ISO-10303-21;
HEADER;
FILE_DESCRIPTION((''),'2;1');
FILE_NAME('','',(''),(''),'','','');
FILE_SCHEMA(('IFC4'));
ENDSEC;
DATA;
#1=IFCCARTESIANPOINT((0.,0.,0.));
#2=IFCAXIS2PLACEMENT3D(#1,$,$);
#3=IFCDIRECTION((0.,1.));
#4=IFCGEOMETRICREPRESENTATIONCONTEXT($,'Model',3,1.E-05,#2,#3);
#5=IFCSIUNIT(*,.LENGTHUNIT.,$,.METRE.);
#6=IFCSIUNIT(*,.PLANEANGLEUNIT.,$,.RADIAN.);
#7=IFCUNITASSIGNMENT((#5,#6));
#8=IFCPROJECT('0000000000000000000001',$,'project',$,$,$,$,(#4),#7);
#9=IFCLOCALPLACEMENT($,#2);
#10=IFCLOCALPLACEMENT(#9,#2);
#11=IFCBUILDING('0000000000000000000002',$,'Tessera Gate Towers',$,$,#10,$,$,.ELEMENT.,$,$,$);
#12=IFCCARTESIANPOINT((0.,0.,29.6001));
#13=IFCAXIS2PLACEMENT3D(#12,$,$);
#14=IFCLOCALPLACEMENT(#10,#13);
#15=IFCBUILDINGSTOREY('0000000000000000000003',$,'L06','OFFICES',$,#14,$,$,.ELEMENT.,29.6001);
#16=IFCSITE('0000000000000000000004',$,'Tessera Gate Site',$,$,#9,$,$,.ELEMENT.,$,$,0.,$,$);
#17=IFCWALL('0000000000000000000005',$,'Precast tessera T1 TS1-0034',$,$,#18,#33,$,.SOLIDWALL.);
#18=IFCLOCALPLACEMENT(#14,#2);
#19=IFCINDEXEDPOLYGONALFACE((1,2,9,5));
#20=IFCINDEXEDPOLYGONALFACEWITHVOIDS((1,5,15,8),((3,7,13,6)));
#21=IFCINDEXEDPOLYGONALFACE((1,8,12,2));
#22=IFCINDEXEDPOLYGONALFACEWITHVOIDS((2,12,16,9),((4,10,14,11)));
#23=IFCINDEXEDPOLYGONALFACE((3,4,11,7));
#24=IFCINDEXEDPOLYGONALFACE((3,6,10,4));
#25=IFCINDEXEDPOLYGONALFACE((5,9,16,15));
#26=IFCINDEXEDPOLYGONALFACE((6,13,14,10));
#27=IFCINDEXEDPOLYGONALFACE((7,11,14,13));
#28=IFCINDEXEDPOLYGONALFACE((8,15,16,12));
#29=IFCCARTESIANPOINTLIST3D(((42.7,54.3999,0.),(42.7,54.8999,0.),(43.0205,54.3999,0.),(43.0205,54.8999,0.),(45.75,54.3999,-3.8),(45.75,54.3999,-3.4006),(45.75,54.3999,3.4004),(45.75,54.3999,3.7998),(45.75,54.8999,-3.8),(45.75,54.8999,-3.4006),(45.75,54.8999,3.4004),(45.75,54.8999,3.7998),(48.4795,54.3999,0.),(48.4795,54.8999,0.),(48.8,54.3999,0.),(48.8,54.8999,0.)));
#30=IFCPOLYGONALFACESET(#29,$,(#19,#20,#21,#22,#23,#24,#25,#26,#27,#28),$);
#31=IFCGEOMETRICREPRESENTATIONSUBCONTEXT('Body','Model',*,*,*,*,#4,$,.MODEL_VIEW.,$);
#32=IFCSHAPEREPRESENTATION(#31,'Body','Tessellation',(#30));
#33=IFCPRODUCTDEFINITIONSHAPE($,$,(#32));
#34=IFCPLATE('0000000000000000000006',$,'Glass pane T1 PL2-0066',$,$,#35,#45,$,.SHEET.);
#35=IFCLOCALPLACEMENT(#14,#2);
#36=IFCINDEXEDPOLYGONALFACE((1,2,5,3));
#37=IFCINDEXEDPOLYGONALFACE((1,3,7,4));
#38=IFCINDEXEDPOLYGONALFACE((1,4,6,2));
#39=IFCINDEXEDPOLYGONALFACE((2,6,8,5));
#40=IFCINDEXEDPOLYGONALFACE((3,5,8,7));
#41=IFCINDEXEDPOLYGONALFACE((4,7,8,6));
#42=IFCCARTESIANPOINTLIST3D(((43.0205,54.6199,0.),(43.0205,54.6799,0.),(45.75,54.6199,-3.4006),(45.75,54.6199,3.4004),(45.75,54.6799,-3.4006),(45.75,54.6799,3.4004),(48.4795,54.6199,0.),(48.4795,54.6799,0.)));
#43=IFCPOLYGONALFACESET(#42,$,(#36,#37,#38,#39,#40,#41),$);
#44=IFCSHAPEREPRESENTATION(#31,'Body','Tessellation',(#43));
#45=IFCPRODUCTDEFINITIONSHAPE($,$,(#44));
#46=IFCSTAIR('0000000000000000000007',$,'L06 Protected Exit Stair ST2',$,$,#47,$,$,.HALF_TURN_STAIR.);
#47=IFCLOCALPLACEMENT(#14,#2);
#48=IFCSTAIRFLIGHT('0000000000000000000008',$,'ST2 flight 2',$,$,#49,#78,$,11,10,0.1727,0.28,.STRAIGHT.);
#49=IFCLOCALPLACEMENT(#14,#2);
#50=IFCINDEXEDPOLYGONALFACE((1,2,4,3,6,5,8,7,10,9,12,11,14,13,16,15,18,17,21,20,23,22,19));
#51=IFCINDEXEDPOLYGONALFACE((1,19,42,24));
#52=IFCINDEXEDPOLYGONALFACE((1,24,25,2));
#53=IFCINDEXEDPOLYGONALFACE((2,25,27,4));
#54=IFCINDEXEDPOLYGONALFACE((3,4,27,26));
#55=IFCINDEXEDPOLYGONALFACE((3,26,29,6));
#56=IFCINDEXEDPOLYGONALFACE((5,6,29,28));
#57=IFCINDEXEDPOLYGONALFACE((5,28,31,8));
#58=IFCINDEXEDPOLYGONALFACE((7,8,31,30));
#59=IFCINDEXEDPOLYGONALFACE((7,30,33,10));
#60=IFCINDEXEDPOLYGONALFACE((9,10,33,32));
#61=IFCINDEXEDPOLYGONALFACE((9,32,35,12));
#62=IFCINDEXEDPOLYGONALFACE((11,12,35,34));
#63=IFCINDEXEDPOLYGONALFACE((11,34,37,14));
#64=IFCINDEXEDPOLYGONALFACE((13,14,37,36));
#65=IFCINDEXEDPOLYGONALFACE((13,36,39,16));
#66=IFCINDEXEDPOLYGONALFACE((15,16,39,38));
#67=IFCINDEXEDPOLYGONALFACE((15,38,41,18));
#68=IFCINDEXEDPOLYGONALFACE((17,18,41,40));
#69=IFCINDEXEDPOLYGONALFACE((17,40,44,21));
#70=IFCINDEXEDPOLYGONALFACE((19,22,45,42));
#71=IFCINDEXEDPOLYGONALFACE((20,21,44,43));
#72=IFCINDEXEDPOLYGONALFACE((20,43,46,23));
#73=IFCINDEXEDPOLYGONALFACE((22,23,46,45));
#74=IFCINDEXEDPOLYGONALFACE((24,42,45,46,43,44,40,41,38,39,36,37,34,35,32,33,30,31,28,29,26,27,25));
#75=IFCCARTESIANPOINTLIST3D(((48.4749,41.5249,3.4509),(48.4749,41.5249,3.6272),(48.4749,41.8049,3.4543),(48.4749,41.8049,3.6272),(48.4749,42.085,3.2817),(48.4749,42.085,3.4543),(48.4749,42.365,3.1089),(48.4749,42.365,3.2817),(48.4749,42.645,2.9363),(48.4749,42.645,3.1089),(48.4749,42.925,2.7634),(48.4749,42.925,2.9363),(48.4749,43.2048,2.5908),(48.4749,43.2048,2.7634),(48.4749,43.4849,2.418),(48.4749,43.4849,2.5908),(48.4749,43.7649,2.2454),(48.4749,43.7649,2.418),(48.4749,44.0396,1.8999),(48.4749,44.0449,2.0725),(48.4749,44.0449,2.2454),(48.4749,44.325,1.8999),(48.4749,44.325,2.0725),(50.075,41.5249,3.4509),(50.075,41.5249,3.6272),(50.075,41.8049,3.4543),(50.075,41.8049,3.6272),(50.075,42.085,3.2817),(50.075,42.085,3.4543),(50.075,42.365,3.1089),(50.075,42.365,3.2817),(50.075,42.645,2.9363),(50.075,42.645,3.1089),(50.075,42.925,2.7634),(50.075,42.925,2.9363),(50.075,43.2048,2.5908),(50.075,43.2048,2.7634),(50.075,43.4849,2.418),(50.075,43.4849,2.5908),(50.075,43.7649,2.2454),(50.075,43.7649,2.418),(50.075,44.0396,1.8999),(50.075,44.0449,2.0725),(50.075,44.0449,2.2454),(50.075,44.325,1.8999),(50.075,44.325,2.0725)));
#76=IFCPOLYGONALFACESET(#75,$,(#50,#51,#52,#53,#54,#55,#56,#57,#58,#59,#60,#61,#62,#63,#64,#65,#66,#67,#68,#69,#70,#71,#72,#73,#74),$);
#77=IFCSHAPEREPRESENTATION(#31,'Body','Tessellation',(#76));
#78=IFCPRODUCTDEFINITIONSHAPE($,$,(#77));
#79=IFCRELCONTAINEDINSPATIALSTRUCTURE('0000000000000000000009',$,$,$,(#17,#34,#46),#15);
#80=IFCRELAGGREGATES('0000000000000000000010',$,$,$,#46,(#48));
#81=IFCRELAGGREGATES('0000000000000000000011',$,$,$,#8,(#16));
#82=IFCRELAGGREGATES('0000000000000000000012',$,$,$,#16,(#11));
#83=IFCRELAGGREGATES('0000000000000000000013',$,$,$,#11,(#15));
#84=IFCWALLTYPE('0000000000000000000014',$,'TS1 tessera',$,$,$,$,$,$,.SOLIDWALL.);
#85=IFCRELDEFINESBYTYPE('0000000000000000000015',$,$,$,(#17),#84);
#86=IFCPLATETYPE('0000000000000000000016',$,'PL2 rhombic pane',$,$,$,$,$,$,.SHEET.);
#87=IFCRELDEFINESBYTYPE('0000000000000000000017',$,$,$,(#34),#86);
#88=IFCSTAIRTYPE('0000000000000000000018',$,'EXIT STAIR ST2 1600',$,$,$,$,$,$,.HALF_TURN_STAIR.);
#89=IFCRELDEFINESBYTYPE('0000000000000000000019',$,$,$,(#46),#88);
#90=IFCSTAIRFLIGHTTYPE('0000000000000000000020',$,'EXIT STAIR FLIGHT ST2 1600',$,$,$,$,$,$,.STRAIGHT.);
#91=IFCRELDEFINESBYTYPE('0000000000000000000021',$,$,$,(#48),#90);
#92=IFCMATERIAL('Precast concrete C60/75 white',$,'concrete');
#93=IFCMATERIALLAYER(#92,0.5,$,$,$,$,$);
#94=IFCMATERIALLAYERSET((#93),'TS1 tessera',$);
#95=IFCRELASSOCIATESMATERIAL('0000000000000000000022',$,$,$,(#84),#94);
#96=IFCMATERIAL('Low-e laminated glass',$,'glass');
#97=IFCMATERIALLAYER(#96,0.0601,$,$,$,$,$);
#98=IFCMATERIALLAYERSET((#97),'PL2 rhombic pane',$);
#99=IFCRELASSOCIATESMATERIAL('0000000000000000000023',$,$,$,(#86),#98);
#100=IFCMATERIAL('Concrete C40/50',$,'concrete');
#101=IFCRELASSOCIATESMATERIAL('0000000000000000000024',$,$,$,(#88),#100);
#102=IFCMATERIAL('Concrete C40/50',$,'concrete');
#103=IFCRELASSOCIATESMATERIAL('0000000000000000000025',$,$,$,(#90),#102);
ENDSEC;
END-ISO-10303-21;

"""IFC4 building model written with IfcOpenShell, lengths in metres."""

from ifc_helpers import new_model, si_unit, direction, frame, origin, place, context, subcontext, project, spatial, polyline, outline, extrude, source, transform, mapped, material, layer, layer_set, type_object, element, fill, aggregate, save


model = new_model("IFC4")

# Units and contexts
model_context = context("Model", 3, precision=1e-05, world=origin(), true_north=direction((0.0, 1.0)))
body_context = subcontext(model_context, "Body", "Model", "MODEL_VIEW")
ifc_project = project(units=[si_unit("LENGTHUNIT", "METRE"), si_unit("PLANEANGLEUNIT", "RADIAN")], contexts=[model_context])

# Site, building, storey
site_placement = place(None, origin())
site = spatial("IfcSite", under=ifc_project, at=site_placement, Name="Tessera Gate Site", CompositionType="ELEMENT", RefElevation=0.0)
building_placement = place(site_placement, origin())
building = spatial("IfcBuilding", under=site, at=building_placement, Name="Tessera Gate Towers", CompositionType="ELEMENT")
storey_placement = place(building_placement, frame((0.0, 0.0, 29.6001)))
storey = spatial("IfcBuildingStorey", under=building, at=storey_placement, Name="L06", Description="OFFICES", CompositionType="ELEMENT", Elevation=29.6001)

# Wall, opening, plate
ifc_material_1 = material(Name="Precast concrete C60/75 white", Category="concrete")
ifc_layer_1 = layer(ifc_material_1, 0.5)
ifc_layer_set_1 = layer_set([ifc_layer_1], Name="TS1 tessera")
wall_type_1 = type_object("IfcWallType", Name="TS1 tessera", PredefinedType="SOLIDWALL", material=ifc_layer_set_1)
shared_shape_1 = source(origin(), body_context, "Body", "SweptSolid", [
    extrude(outline(polyline([(3.05, 0.0), (6.1001, 3.8), (3.05, 7.5999), (0.0, 3.8), (3.05, 0.0)])), frame((0.0, 0.25, 0.0), z_axis=(0.0, -1.0, 0.0), x_axis=(1.0, 0.0, 0.0)), (0.0, 0.0, 1.0), 0.5),
])
wall_1_placement = place(storey_placement, frame((48.8, 54.6499, -3.8), z_axis=(0.0, 0.0, 1.0), x_axis=(-1.0, 0.0, 0.0)))
wall_1 = element("IfcWall", 1, at=wall_1_placement, inside=storey, type_object=wall_type_1, Name="Precast tessera T1 TS1-0034", PredefinedType="SOLIDWALL", context=body_context, shape_type="MappedRepresentation", body=[
    mapped(shared_shape_1, transform((0.0, 0.0, 0.0), scale=1.0)),
])
shared_shape_2 = source(origin(), body_context, "Body", "SweptSolid", [
    extrude(outline(polyline([(3.05, 0.3994), (5.7795, 3.8), (3.05, 7.2004), (0.3206, 3.8), (3.05, 0.3994)])), frame((0.0, 0.26, 0.0), z_axis=(0.0, -1.0, 0.0), x_axis=(1.0, 0.0, 0.0)), (0.0, 0.0, 1.0), 0.52),
])
opening_1_placement = place(wall_1_placement, origin())
opening_1 = element("IfcOpeningElement", 2, at=opening_1_placement, cuts=wall_1, PredefinedType="OPENING", context=body_context, shape_type="MappedRepresentation", body=[
    mapped(shared_shape_2, transform((0.0, 0.0, 0.0), scale=1.0)),
])
ifc_material_2 = material(Name="Low-e laminated glass", Category="glass")
ifc_layer_2 = layer(ifc_material_2, 0.0601)
ifc_layer_set_2 = layer_set([ifc_layer_2], Name="PL2 rhombic pane")
plate_type = type_object("IfcPlateType", Name="PL2 rhombic pane", PredefinedType="SHEET", material=ifc_layer_set_2)
shared_shape_3 = source(origin(), body_context, "Body", "SweptSolid", [
    extrude(outline(polyline([(3.05, 0.3994), (5.7795, 3.8), (3.05, 7.2004), (0.3206, 3.8), (3.05, 0.3994)])), frame((0.0, 0.03, 0.0), z_axis=(0.0, -1.0, 0.0), x_axis=(1.0, 0.0, 0.0)), (0.0, 0.0, 1.0), 0.0601),
])
plate_placement = place(opening_1_placement, origin())
plate = element("IfcPlate", 3, at=plate_placement, inside=storey, type_object=plate_type, Name="Glass pane T1 PL2-0066", PredefinedType="SHEET", context=body_context, shape_type="MappedRepresentation", body=[
    mapped(shared_shape_3, transform((0.0, 0.0, 0.0), scale=1.0)),
])
fill(opening_1, plate)

# Stair, stair flight
ifc_material_3 = material(Name="Concrete C40/50", Category="concrete")
stair_type = type_object("IfcStairType", Name="EXIT STAIR ST2 1600", PredefinedType="HALF_TURN_STAIR", material=ifc_material_3)
stair_placement = place(storey_placement, origin())
stair = element("IfcStair", 4, at=stair_placement, inside=storey, type_object=stair_type, Name="L06 Protected Exit Stair ST2", PredefinedType="HALF_TURN_STAIR")
ifc_material_4 = material(Name="Concrete C40/50", Category="concrete")
stair_flight_type = type_object("IfcStairFlightType", Name="EXIT STAIR FLIGHT ST2 1600", PredefinedType="STRAIGHT", material=ifc_material_4)
stair_flight_placement = place(storey_placement, frame((49.2749, 44.325, 1.8999), z_axis=(0.0, 0.0, 1.0), x_axis=(0.0, -1.0, 0.0)))
stair_flight = element("IfcStairFlight", 5, at=stair_flight_placement, type_object=stair_flight_type, Name="ST2 flight 2", NumberOfRisers=11, NumberOfTreads=10, PredefinedType="STRAIGHT", RiserHeight=0.1727, TreadLength=0.28, context=body_context, shape_type="SweptSolid", body=[
    extrude(outline(polyline([(0.0, 0.0), (0.0, 0.1726), (0.28, 0.1726), (0.28, 0.3455), (0.5601, 0.3455), (0.5601, 0.5181), (0.8401, 0.5181), (0.8401, 0.6909), (1.1201, 0.6909), (1.1201, 0.8635), (1.3999, 0.8635), (1.3999, 1.0364), (1.6799, 1.0364), (1.6799, 1.209), (1.96, 1.209), (1.96, 1.3818), (2.24, 1.3818), (2.24, 1.5544), (2.52, 1.5544), (2.52, 1.7273), (2.8, 1.7273), (2.8, 1.8999), (2.8, 1.551), (0.2854, 0.0), (0.0, 0.0)])), frame((0.0, 0.8, 0.0), z_axis=(0.0, -1.0, 0.0), x_axis=(1.0, 0.0, 0.0)), (0.0, 0.0, 1.0), 1.6001),
])
aggregate(stair, [stair_flight])

save(model, "model.ifc")
